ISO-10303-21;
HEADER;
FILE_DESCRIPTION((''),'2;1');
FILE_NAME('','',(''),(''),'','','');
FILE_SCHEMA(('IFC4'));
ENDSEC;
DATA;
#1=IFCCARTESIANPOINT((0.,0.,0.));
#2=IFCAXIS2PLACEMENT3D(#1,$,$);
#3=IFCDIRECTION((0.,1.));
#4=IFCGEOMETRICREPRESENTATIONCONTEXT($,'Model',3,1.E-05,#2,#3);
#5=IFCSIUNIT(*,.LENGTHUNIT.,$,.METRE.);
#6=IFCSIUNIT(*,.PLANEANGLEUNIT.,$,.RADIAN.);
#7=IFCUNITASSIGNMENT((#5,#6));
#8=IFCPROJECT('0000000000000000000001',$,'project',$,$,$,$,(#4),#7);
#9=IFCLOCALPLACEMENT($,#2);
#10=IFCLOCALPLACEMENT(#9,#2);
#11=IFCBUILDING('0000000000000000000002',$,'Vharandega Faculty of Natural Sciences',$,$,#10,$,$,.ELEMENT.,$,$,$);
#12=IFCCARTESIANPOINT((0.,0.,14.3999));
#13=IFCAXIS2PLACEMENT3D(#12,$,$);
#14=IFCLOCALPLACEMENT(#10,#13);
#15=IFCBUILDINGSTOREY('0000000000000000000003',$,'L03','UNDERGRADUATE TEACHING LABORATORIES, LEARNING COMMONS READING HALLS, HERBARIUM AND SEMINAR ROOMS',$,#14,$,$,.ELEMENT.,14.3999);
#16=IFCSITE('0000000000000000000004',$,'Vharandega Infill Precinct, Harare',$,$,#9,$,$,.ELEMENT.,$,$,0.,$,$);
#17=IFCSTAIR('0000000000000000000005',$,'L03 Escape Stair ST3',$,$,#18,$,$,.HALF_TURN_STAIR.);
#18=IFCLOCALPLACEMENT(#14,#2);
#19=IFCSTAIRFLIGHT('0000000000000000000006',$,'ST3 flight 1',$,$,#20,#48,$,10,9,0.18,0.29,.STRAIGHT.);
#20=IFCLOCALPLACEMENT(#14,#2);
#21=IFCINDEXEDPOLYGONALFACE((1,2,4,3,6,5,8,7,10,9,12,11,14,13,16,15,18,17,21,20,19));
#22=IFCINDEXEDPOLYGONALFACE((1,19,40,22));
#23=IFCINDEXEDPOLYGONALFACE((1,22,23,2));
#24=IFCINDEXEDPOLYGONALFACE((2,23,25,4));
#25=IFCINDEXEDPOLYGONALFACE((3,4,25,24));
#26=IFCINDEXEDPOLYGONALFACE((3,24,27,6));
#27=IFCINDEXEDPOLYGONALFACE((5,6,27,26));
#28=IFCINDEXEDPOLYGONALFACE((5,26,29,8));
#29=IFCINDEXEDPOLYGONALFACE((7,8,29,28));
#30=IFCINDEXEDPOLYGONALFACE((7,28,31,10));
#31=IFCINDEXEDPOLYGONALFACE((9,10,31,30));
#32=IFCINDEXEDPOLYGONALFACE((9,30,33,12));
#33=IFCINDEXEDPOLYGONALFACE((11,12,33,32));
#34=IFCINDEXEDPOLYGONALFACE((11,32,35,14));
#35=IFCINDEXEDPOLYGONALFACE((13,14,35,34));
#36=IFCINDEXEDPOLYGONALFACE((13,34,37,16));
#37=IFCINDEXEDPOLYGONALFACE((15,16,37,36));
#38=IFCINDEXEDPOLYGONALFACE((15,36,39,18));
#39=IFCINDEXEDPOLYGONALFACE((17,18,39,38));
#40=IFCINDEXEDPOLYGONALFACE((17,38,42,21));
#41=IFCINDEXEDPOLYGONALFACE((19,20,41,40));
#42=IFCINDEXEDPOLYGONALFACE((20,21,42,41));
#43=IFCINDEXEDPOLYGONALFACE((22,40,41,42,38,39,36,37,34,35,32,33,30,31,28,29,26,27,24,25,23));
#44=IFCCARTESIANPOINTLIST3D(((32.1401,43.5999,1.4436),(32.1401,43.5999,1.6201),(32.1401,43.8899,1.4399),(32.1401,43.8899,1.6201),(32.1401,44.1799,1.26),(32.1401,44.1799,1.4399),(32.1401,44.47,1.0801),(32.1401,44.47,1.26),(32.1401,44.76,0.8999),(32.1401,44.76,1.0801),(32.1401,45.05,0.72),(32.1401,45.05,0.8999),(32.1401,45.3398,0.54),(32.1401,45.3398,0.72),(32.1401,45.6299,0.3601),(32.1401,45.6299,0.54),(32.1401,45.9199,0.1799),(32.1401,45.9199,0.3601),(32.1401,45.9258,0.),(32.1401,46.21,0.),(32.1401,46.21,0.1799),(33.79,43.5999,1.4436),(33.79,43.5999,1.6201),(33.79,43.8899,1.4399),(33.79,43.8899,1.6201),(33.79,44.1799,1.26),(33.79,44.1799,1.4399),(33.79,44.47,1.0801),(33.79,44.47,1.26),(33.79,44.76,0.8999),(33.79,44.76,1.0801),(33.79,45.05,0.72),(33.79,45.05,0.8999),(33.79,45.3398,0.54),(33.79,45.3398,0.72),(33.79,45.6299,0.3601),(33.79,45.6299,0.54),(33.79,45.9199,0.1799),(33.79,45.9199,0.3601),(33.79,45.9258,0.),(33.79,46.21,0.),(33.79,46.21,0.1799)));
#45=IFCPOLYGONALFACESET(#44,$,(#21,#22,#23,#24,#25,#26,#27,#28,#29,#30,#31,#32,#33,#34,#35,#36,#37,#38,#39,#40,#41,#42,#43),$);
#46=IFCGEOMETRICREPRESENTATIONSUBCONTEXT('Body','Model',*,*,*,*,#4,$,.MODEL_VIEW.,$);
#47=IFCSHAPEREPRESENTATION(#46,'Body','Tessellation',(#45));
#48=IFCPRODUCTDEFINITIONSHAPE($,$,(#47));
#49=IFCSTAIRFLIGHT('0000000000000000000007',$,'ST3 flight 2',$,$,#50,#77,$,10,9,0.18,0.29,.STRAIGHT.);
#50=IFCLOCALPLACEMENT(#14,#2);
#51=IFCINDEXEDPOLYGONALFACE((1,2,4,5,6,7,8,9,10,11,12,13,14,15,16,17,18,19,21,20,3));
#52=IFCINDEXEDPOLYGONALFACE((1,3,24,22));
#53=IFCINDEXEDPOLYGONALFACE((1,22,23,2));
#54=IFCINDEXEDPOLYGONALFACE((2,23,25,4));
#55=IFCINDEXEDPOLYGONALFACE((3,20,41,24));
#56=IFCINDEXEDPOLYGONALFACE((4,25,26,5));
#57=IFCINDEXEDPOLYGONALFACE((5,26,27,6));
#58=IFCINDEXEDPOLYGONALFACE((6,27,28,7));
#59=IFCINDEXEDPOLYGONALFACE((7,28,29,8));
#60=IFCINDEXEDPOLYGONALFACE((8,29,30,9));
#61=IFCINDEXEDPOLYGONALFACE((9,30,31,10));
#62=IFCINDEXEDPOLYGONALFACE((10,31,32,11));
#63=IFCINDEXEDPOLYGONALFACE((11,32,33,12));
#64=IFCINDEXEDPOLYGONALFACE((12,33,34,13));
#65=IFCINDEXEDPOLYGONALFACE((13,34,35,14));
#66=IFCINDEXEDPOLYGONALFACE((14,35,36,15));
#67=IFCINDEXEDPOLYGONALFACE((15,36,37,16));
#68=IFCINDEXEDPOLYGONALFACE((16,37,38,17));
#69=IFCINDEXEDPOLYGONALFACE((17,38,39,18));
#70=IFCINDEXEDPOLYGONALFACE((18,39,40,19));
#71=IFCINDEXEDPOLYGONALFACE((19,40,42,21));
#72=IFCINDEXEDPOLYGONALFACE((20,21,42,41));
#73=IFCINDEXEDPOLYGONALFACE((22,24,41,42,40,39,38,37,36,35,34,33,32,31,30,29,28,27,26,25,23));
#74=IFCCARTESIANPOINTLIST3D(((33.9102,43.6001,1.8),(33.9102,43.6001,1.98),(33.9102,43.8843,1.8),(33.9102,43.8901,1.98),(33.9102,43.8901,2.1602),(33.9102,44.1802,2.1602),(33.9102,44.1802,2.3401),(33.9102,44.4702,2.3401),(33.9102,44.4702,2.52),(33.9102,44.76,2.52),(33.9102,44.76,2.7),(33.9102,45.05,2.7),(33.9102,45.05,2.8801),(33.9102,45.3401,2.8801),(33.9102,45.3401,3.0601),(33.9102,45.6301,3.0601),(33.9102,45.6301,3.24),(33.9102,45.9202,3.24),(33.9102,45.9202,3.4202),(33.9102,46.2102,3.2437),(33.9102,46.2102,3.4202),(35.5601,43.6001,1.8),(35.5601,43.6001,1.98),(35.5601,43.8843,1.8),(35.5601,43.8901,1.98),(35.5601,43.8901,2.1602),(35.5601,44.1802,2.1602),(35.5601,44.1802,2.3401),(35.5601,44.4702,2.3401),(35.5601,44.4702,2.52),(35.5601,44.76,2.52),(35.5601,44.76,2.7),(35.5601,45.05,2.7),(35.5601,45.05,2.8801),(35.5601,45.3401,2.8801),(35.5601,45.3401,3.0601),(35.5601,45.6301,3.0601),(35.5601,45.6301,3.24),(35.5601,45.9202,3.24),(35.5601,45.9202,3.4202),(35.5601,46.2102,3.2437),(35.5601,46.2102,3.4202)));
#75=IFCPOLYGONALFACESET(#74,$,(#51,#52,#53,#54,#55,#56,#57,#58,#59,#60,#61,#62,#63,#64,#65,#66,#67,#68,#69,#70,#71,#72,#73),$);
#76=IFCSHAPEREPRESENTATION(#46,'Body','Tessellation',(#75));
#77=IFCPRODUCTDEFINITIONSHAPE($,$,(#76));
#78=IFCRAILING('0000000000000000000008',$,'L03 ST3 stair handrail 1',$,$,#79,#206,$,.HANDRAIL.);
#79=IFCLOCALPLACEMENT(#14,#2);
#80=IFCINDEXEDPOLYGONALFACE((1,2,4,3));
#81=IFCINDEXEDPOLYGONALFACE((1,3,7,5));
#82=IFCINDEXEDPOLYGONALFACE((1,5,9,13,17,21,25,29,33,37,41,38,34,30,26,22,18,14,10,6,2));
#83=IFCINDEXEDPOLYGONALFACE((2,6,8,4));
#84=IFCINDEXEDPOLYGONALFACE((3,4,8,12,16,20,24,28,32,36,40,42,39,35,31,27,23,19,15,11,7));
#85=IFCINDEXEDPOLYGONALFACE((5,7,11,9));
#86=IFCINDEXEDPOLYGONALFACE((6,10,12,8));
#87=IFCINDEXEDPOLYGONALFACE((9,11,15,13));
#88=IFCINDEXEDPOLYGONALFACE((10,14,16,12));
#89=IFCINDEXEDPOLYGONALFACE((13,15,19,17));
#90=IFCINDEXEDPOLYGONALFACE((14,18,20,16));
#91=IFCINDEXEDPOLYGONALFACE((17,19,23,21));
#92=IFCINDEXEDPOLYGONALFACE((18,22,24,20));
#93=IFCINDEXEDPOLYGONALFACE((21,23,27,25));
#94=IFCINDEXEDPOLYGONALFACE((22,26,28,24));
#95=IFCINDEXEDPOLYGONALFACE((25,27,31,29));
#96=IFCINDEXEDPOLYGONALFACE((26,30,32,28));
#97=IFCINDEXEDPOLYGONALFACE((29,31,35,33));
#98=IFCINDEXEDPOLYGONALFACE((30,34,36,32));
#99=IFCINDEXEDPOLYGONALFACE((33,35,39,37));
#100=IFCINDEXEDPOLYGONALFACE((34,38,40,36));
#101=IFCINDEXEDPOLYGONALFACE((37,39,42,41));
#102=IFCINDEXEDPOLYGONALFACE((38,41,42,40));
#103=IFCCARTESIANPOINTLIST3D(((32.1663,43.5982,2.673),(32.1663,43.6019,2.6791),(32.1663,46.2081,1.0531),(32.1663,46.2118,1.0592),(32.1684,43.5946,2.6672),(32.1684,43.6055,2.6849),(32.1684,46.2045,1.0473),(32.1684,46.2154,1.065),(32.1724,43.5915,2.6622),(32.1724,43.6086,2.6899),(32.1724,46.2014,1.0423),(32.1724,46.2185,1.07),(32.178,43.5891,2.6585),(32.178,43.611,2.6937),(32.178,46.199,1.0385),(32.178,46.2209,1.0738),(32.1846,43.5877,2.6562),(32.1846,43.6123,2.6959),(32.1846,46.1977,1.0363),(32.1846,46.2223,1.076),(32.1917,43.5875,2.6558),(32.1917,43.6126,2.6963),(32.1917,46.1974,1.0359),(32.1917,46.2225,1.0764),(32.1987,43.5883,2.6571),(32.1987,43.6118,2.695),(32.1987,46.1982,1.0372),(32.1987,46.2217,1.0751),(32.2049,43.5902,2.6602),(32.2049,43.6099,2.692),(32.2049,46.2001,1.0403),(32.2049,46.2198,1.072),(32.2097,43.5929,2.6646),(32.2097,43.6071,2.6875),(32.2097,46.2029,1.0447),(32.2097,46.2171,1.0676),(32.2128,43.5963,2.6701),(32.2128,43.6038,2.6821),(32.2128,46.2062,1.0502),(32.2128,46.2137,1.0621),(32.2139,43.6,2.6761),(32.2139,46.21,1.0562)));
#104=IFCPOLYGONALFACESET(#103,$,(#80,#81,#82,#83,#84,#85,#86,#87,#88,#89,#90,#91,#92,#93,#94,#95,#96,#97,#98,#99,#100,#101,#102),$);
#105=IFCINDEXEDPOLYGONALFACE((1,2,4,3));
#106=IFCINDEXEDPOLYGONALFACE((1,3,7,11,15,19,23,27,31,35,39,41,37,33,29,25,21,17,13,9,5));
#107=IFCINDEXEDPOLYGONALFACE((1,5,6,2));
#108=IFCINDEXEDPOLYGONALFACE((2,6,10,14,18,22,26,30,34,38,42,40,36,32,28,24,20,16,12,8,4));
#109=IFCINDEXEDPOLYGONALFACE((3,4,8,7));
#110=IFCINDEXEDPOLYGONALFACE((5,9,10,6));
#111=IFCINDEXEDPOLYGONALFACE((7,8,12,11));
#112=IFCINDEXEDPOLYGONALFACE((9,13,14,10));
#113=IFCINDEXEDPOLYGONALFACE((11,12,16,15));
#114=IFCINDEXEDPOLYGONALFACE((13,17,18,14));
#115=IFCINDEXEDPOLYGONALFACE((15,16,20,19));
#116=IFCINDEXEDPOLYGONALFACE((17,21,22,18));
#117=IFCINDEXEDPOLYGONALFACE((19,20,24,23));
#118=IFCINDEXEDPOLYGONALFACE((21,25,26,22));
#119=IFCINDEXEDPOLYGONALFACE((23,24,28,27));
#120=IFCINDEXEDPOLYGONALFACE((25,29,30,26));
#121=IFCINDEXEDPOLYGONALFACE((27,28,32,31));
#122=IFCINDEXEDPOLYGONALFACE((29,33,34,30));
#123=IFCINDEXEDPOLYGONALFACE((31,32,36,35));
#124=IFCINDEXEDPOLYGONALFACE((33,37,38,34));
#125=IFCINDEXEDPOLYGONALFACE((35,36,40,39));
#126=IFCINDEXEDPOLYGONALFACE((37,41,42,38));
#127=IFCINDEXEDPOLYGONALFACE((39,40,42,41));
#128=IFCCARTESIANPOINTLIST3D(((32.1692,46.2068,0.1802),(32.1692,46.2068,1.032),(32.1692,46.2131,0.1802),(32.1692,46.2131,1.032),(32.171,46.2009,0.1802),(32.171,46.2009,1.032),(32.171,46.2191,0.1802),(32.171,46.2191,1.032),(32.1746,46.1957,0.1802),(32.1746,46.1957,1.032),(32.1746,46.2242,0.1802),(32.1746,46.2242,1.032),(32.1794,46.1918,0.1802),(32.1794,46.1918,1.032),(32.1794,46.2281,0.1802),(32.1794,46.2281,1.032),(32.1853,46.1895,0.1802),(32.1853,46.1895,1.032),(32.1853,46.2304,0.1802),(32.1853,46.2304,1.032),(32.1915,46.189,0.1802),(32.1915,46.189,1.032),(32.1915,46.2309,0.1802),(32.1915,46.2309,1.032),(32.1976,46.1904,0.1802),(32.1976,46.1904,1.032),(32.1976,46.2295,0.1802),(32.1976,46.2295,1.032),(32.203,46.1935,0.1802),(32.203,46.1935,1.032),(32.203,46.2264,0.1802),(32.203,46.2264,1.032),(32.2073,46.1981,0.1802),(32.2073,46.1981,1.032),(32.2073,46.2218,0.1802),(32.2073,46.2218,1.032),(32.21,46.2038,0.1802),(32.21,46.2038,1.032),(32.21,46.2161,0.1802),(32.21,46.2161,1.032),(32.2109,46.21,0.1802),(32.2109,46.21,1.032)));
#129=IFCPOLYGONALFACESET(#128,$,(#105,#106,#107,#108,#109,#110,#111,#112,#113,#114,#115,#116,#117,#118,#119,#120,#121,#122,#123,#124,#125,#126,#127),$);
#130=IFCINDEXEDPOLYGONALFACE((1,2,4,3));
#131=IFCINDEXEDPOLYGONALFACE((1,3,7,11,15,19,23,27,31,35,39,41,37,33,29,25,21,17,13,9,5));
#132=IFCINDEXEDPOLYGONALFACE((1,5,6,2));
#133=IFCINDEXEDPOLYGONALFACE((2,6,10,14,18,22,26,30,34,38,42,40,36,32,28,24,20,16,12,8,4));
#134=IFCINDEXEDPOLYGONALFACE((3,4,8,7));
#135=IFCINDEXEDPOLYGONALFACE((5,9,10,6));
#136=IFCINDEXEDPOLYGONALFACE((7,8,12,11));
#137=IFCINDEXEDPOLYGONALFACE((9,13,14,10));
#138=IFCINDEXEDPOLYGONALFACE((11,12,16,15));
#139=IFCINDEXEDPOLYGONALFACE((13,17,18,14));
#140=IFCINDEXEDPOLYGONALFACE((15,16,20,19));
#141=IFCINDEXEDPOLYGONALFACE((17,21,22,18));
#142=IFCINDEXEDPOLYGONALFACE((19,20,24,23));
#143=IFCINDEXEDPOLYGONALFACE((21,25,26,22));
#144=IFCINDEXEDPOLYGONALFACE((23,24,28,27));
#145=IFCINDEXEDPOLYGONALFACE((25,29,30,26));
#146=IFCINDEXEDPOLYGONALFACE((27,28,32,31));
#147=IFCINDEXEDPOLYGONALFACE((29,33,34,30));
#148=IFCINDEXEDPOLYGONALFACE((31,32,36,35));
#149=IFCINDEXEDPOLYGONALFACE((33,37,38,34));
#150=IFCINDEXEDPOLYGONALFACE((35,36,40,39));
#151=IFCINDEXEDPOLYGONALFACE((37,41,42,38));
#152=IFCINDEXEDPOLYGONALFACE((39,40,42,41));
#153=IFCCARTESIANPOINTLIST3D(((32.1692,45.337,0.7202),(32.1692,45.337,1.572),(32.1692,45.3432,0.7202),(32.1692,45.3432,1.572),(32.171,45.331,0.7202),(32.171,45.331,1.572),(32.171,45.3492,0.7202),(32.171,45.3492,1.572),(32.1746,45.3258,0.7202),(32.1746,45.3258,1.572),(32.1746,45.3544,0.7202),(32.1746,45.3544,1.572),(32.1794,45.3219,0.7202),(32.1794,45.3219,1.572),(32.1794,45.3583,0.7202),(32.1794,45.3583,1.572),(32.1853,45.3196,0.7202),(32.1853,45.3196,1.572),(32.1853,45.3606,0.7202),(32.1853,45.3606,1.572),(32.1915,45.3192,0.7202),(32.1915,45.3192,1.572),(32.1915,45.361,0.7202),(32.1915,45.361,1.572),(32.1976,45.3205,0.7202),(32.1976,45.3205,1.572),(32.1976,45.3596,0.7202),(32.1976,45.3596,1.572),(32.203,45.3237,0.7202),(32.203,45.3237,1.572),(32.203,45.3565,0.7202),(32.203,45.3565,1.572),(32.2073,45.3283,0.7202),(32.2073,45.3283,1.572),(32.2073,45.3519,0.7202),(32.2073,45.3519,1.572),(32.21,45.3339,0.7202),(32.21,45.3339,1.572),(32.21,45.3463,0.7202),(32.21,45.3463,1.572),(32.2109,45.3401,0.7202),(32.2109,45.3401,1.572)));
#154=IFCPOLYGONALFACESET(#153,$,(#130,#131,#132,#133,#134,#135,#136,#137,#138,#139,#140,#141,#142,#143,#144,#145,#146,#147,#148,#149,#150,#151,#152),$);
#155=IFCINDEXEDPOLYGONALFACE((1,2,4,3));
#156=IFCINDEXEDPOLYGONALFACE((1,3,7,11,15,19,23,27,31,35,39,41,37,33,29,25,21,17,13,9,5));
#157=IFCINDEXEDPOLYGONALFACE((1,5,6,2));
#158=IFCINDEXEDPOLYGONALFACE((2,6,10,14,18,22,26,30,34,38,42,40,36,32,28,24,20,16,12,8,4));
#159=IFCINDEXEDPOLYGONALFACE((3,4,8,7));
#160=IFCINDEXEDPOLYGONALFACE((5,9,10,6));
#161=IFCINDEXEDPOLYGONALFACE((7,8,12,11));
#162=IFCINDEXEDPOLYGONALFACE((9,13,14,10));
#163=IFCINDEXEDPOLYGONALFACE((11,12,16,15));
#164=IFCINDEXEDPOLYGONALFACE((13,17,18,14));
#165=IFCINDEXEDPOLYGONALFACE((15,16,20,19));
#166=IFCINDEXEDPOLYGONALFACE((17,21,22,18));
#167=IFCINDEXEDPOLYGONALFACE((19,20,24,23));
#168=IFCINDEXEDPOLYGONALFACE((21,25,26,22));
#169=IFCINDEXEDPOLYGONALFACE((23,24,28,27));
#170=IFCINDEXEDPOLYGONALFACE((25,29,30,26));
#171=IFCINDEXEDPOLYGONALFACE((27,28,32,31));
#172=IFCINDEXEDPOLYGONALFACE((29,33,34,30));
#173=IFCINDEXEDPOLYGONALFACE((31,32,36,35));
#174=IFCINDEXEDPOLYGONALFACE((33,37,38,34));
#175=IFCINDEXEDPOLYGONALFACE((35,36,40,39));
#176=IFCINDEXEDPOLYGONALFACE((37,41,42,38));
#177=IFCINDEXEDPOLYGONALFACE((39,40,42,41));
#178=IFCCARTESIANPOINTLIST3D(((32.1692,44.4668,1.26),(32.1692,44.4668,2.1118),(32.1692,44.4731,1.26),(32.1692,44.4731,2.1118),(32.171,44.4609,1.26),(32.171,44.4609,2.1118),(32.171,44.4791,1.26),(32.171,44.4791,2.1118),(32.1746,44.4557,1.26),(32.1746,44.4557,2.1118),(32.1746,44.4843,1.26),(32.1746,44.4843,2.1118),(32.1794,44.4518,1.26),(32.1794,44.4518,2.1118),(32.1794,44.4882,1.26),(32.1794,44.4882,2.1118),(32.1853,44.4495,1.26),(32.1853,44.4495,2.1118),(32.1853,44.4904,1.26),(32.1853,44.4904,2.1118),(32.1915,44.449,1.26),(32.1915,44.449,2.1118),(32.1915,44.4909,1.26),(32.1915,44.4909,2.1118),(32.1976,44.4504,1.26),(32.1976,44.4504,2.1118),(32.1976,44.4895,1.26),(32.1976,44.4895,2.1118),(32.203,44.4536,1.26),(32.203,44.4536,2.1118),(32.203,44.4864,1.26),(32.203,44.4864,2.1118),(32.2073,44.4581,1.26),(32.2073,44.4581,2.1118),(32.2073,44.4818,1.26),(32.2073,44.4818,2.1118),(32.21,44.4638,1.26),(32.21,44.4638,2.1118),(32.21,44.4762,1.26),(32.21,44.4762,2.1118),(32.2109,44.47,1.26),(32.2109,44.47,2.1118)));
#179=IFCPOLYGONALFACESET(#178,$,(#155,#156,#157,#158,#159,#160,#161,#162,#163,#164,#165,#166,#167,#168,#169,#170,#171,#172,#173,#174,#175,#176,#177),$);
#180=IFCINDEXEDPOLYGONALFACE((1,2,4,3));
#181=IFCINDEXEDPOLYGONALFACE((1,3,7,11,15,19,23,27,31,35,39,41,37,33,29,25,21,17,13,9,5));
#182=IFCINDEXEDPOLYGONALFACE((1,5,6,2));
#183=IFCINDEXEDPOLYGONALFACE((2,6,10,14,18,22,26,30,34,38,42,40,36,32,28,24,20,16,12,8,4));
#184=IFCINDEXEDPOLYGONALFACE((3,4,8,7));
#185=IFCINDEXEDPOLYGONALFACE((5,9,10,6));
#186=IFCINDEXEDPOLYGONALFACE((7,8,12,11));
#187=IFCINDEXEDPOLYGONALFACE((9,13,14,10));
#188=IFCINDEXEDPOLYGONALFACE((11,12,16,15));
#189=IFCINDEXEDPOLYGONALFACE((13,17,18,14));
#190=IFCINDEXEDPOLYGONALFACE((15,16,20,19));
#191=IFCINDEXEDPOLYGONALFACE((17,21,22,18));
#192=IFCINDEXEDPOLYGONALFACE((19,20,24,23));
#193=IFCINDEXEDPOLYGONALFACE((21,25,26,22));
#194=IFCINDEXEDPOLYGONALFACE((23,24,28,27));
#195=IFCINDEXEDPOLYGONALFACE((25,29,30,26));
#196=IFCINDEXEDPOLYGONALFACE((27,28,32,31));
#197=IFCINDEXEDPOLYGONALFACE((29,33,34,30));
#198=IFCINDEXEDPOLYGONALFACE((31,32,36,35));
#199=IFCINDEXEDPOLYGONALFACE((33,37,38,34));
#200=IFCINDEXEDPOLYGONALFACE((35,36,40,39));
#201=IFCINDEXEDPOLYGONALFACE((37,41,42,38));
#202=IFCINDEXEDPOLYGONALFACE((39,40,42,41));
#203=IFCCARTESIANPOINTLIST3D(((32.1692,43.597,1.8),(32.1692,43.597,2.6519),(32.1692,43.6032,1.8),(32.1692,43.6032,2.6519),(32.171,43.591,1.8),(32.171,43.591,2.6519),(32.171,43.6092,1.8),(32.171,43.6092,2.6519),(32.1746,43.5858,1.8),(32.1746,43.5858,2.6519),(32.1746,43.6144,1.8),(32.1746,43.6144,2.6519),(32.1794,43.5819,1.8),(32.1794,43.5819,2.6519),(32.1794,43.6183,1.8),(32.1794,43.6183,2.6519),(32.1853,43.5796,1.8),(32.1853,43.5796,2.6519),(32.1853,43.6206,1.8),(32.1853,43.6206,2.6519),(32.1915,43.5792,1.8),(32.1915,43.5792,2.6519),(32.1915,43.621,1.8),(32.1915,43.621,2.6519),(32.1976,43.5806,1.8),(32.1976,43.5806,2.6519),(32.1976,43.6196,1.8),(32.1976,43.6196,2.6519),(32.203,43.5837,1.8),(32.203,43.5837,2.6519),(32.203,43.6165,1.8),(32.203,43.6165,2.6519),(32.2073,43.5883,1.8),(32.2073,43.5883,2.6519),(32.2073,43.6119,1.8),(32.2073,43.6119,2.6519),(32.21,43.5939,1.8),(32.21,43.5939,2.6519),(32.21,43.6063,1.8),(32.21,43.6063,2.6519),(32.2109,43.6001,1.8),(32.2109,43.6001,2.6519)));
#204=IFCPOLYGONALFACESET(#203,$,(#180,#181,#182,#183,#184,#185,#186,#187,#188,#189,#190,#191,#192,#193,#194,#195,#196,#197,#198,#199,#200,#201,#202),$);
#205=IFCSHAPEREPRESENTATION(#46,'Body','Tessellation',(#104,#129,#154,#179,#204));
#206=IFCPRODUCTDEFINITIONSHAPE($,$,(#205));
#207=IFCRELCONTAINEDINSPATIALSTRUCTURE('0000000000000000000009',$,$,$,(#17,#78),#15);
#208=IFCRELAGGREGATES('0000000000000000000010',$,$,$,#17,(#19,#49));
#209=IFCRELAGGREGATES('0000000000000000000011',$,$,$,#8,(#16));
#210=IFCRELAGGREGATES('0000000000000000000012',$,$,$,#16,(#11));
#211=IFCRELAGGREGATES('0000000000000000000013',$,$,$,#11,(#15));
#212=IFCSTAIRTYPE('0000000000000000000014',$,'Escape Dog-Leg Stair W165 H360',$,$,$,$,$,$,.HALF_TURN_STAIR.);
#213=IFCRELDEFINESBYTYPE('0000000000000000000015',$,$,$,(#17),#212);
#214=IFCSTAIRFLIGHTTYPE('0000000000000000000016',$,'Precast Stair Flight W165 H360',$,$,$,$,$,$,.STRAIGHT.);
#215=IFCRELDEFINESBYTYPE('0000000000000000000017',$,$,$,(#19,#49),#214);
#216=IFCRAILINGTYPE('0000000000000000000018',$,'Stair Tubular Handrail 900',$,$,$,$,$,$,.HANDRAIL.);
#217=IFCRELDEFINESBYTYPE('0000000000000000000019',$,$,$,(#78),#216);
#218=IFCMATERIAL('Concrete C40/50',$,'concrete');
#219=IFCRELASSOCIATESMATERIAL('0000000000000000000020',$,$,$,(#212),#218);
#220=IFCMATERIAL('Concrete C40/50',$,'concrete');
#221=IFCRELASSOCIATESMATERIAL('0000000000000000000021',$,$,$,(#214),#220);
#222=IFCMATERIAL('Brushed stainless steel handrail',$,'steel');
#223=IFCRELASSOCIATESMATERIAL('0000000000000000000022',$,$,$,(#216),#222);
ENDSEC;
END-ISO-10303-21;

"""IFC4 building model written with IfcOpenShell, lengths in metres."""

from ifc_helpers import new_model, si_unit, direction, frame, origin, origin_2d, place, context, subcontext, project, spatial, polyline, circle, outline, extrude, material, type_object, element, aggregate, save


model = new_model("IFC4")

# Units and contexts
model_context = context("Model", 3, precision=1e-05, world=origin(), true_north=direction((0.0, 1.0)))
body_context = subcontext(model_context, "Body", "Model", "MODEL_VIEW")
ifc_project = project(units=[si_unit("LENGTHUNIT", "METRE"), si_unit("PLANEANGLEUNIT", "RADIAN")], contexts=[model_context])

# Site, building, storey
site_placement = place(None, origin())
site = spatial("IfcSite", under=ifc_project, at=site_placement, Name="Vharandega Infill Precinct, Harare", CompositionType="ELEMENT", RefElevation=0.0)
building_placement = place(site_placement, origin())
building = spatial("IfcBuilding", under=site, at=building_placement, Name="Vharandega Faculty of Natural Sciences", CompositionType="ELEMENT")
storey_placement = place(building_placement, frame((0.0, 0.0, 14.3999)))
storey = spatial("IfcBuildingStorey", under=building, at=storey_placement, Name="L03", Description="UNDERGRADUATE TEACHING LABORATORIES, LEARNING COMMONS READING HALLS, HERBARIUM AND SEMINAR ROOMS", CompositionType="ELEMENT", Elevation=14.3999)

# Stair, stair flights
ifc_material_1 = material(Name="Concrete C40/50", Category="concrete")
stair_type = type_object("IfcStairType", Name="Escape Dog-Leg Stair W165 H360", PredefinedType="HALF_TURN_STAIR", material=ifc_material_1)
stair_placement = place(storey_placement, origin())
stair = element("IfcStair", 1, at=stair_placement, inside=storey, type_object=stair_type, Name="L03 Escape Stair ST3", PredefinedType="HALF_TURN_STAIR")
ifc_material_2 = material(Name="Concrete C40/50", Category="concrete")
stair_flight_type = type_object("IfcStairFlightType", Name="Precast Stair Flight W165 H360", PredefinedType="STRAIGHT", material=ifc_material_2)
stair_flight_1_placement = place(storey_placement, frame((32.9651, 46.21, 0.0), z_axis=(0.0, 0.0, 1.0), x_axis=(0.0, -1.0, 0.0)))
stair_flight_1 = element("IfcStairFlight", 2, at=stair_flight_1_placement, type_object=stair_flight_type, Name="ST3 flight 1", NumberOfRisers=10, NumberOfTreads=9, PredefinedType="STRAIGHT", RiserHeight=0.18, TreadLength=0.29, context=body_context, shape_type="SweptSolid", body=[
    extrude(outline(polyline([(0.0, 0.0), (0.0, 0.1799), (0.29, 0.1799), (0.29, 0.3601), (0.5801, 0.3601), (0.5801, 0.54), (0.8701, 0.54), (0.8701, 0.72), (1.1599, 0.72), (1.1599, 0.8999), (1.45, 0.8999), (1.45, 1.0801), (1.74, 1.0801), (1.74, 1.26), (2.03, 1.26), (2.03, 1.4399), (2.3201, 1.4399), (2.3201, 1.6201), (2.6101, 1.6201), (2.6101, 1.8), (2.6101, 1.4436), (0.2842, 0.0), (0.0, 0.0)])), frame((0.0, 0.825, 0.0), z_axis=(0.0, -1.0, 0.0), x_axis=(1.0, 0.0, 0.0)), (0.0, 0.0, 1.0), 1.6499),
])
stair_flight_2_placement = place(storey_placement, frame((34.7351, 43.6001, 1.8), z_axis=(0.0, 0.0, 1.0), x_axis=(0.0, 1.0, 0.0)))
stair_flight_2 = element("IfcStairFlight", 3, at=stair_flight_2_placement, type_object=stair_flight_type, Name="ST3 flight 2", NumberOfRisers=10, NumberOfTreads=9, PredefinedType="STRAIGHT", RiserHeight=0.18, TreadLength=0.29, context=body_context, shape_type="SweptSolid", body=[
    extrude(outline(polyline([(0.0, 0.0), (0.0, 0.1799), (0.29, 0.1799), (0.29, 0.3601), (0.5801, 0.3601), (0.5801, 0.54), (0.8701, 0.54), (0.8701, 0.72), (1.1599, 0.72), (1.1599, 0.8999), (1.45, 0.8999), (1.45, 1.0801), (1.74, 1.0801), (1.74, 1.26), (2.03, 1.26), (2.03, 1.4399), (2.3201, 1.4399), (2.3201, 1.6201), (2.6101, 1.6201), (2.6101, 1.8), (2.6101, 1.4436), (0.2842, 0.0), (0.0, 0.0)])), frame((0.0, 0.825, 0.0), z_axis=(0.0, -1.0, 0.0), x_axis=(1.0, 0.0, 0.0)), (0.0, 0.0, 1.0), 1.6499),
])
aggregate(stair, [stair_flight_1, stair_flight_2])

# Railing
ifc_material_3 = material(Name="Brushed stainless steel handrail", Category="steel")
railing_type_1 = type_object("IfcRailingType", Name="Stair Tubular Handrail 900", PredefinedType="HANDRAIL", material=ifc_material_3)
railing_1_placement = place(storey_placement, frame((32.1899, 46.21, 0.1802)))
element("IfcRailing", 4, at=railing_1_placement, inside=storey, type_object=railing_type_1, Name="L03 ST3 stair handrail 1", PredefinedType="HANDRAIL", context=body_context, shape_type="SweptSolid", body=[
    extrude(circle(Radius=0.0239, at=origin_2d()), frame((0.0, 0.0, 0.876), z_axis=(0.0, -0.849646, 0.527353), x_axis=(1.0, 0.0, 0.0)), (0.0, 0.0, 1.0), 3.0718),
    extrude(circle(Radius=0.021, at=origin_2d()), origin(), (0.0, 0.0, 1.0), 0.8518),
    extrude(circle(Radius=0.021, at=origin_2d()), frame((0.0, -0.8699, 0.54)), (0.0, 0.0, 1.0), 0.8518),
    extrude(circle(Radius=0.021, at=origin_2d()), frame((0.0, -1.74, 1.0798)), (0.0, 0.0, 1.0), 0.8518),
    extrude(circle(Radius=0.021, at=origin_2d()), frame((0.0, -2.6099, 1.6199)), (0.0, 0.0, 1.0), 0.8518),
])

save(model, "model.ifc")
